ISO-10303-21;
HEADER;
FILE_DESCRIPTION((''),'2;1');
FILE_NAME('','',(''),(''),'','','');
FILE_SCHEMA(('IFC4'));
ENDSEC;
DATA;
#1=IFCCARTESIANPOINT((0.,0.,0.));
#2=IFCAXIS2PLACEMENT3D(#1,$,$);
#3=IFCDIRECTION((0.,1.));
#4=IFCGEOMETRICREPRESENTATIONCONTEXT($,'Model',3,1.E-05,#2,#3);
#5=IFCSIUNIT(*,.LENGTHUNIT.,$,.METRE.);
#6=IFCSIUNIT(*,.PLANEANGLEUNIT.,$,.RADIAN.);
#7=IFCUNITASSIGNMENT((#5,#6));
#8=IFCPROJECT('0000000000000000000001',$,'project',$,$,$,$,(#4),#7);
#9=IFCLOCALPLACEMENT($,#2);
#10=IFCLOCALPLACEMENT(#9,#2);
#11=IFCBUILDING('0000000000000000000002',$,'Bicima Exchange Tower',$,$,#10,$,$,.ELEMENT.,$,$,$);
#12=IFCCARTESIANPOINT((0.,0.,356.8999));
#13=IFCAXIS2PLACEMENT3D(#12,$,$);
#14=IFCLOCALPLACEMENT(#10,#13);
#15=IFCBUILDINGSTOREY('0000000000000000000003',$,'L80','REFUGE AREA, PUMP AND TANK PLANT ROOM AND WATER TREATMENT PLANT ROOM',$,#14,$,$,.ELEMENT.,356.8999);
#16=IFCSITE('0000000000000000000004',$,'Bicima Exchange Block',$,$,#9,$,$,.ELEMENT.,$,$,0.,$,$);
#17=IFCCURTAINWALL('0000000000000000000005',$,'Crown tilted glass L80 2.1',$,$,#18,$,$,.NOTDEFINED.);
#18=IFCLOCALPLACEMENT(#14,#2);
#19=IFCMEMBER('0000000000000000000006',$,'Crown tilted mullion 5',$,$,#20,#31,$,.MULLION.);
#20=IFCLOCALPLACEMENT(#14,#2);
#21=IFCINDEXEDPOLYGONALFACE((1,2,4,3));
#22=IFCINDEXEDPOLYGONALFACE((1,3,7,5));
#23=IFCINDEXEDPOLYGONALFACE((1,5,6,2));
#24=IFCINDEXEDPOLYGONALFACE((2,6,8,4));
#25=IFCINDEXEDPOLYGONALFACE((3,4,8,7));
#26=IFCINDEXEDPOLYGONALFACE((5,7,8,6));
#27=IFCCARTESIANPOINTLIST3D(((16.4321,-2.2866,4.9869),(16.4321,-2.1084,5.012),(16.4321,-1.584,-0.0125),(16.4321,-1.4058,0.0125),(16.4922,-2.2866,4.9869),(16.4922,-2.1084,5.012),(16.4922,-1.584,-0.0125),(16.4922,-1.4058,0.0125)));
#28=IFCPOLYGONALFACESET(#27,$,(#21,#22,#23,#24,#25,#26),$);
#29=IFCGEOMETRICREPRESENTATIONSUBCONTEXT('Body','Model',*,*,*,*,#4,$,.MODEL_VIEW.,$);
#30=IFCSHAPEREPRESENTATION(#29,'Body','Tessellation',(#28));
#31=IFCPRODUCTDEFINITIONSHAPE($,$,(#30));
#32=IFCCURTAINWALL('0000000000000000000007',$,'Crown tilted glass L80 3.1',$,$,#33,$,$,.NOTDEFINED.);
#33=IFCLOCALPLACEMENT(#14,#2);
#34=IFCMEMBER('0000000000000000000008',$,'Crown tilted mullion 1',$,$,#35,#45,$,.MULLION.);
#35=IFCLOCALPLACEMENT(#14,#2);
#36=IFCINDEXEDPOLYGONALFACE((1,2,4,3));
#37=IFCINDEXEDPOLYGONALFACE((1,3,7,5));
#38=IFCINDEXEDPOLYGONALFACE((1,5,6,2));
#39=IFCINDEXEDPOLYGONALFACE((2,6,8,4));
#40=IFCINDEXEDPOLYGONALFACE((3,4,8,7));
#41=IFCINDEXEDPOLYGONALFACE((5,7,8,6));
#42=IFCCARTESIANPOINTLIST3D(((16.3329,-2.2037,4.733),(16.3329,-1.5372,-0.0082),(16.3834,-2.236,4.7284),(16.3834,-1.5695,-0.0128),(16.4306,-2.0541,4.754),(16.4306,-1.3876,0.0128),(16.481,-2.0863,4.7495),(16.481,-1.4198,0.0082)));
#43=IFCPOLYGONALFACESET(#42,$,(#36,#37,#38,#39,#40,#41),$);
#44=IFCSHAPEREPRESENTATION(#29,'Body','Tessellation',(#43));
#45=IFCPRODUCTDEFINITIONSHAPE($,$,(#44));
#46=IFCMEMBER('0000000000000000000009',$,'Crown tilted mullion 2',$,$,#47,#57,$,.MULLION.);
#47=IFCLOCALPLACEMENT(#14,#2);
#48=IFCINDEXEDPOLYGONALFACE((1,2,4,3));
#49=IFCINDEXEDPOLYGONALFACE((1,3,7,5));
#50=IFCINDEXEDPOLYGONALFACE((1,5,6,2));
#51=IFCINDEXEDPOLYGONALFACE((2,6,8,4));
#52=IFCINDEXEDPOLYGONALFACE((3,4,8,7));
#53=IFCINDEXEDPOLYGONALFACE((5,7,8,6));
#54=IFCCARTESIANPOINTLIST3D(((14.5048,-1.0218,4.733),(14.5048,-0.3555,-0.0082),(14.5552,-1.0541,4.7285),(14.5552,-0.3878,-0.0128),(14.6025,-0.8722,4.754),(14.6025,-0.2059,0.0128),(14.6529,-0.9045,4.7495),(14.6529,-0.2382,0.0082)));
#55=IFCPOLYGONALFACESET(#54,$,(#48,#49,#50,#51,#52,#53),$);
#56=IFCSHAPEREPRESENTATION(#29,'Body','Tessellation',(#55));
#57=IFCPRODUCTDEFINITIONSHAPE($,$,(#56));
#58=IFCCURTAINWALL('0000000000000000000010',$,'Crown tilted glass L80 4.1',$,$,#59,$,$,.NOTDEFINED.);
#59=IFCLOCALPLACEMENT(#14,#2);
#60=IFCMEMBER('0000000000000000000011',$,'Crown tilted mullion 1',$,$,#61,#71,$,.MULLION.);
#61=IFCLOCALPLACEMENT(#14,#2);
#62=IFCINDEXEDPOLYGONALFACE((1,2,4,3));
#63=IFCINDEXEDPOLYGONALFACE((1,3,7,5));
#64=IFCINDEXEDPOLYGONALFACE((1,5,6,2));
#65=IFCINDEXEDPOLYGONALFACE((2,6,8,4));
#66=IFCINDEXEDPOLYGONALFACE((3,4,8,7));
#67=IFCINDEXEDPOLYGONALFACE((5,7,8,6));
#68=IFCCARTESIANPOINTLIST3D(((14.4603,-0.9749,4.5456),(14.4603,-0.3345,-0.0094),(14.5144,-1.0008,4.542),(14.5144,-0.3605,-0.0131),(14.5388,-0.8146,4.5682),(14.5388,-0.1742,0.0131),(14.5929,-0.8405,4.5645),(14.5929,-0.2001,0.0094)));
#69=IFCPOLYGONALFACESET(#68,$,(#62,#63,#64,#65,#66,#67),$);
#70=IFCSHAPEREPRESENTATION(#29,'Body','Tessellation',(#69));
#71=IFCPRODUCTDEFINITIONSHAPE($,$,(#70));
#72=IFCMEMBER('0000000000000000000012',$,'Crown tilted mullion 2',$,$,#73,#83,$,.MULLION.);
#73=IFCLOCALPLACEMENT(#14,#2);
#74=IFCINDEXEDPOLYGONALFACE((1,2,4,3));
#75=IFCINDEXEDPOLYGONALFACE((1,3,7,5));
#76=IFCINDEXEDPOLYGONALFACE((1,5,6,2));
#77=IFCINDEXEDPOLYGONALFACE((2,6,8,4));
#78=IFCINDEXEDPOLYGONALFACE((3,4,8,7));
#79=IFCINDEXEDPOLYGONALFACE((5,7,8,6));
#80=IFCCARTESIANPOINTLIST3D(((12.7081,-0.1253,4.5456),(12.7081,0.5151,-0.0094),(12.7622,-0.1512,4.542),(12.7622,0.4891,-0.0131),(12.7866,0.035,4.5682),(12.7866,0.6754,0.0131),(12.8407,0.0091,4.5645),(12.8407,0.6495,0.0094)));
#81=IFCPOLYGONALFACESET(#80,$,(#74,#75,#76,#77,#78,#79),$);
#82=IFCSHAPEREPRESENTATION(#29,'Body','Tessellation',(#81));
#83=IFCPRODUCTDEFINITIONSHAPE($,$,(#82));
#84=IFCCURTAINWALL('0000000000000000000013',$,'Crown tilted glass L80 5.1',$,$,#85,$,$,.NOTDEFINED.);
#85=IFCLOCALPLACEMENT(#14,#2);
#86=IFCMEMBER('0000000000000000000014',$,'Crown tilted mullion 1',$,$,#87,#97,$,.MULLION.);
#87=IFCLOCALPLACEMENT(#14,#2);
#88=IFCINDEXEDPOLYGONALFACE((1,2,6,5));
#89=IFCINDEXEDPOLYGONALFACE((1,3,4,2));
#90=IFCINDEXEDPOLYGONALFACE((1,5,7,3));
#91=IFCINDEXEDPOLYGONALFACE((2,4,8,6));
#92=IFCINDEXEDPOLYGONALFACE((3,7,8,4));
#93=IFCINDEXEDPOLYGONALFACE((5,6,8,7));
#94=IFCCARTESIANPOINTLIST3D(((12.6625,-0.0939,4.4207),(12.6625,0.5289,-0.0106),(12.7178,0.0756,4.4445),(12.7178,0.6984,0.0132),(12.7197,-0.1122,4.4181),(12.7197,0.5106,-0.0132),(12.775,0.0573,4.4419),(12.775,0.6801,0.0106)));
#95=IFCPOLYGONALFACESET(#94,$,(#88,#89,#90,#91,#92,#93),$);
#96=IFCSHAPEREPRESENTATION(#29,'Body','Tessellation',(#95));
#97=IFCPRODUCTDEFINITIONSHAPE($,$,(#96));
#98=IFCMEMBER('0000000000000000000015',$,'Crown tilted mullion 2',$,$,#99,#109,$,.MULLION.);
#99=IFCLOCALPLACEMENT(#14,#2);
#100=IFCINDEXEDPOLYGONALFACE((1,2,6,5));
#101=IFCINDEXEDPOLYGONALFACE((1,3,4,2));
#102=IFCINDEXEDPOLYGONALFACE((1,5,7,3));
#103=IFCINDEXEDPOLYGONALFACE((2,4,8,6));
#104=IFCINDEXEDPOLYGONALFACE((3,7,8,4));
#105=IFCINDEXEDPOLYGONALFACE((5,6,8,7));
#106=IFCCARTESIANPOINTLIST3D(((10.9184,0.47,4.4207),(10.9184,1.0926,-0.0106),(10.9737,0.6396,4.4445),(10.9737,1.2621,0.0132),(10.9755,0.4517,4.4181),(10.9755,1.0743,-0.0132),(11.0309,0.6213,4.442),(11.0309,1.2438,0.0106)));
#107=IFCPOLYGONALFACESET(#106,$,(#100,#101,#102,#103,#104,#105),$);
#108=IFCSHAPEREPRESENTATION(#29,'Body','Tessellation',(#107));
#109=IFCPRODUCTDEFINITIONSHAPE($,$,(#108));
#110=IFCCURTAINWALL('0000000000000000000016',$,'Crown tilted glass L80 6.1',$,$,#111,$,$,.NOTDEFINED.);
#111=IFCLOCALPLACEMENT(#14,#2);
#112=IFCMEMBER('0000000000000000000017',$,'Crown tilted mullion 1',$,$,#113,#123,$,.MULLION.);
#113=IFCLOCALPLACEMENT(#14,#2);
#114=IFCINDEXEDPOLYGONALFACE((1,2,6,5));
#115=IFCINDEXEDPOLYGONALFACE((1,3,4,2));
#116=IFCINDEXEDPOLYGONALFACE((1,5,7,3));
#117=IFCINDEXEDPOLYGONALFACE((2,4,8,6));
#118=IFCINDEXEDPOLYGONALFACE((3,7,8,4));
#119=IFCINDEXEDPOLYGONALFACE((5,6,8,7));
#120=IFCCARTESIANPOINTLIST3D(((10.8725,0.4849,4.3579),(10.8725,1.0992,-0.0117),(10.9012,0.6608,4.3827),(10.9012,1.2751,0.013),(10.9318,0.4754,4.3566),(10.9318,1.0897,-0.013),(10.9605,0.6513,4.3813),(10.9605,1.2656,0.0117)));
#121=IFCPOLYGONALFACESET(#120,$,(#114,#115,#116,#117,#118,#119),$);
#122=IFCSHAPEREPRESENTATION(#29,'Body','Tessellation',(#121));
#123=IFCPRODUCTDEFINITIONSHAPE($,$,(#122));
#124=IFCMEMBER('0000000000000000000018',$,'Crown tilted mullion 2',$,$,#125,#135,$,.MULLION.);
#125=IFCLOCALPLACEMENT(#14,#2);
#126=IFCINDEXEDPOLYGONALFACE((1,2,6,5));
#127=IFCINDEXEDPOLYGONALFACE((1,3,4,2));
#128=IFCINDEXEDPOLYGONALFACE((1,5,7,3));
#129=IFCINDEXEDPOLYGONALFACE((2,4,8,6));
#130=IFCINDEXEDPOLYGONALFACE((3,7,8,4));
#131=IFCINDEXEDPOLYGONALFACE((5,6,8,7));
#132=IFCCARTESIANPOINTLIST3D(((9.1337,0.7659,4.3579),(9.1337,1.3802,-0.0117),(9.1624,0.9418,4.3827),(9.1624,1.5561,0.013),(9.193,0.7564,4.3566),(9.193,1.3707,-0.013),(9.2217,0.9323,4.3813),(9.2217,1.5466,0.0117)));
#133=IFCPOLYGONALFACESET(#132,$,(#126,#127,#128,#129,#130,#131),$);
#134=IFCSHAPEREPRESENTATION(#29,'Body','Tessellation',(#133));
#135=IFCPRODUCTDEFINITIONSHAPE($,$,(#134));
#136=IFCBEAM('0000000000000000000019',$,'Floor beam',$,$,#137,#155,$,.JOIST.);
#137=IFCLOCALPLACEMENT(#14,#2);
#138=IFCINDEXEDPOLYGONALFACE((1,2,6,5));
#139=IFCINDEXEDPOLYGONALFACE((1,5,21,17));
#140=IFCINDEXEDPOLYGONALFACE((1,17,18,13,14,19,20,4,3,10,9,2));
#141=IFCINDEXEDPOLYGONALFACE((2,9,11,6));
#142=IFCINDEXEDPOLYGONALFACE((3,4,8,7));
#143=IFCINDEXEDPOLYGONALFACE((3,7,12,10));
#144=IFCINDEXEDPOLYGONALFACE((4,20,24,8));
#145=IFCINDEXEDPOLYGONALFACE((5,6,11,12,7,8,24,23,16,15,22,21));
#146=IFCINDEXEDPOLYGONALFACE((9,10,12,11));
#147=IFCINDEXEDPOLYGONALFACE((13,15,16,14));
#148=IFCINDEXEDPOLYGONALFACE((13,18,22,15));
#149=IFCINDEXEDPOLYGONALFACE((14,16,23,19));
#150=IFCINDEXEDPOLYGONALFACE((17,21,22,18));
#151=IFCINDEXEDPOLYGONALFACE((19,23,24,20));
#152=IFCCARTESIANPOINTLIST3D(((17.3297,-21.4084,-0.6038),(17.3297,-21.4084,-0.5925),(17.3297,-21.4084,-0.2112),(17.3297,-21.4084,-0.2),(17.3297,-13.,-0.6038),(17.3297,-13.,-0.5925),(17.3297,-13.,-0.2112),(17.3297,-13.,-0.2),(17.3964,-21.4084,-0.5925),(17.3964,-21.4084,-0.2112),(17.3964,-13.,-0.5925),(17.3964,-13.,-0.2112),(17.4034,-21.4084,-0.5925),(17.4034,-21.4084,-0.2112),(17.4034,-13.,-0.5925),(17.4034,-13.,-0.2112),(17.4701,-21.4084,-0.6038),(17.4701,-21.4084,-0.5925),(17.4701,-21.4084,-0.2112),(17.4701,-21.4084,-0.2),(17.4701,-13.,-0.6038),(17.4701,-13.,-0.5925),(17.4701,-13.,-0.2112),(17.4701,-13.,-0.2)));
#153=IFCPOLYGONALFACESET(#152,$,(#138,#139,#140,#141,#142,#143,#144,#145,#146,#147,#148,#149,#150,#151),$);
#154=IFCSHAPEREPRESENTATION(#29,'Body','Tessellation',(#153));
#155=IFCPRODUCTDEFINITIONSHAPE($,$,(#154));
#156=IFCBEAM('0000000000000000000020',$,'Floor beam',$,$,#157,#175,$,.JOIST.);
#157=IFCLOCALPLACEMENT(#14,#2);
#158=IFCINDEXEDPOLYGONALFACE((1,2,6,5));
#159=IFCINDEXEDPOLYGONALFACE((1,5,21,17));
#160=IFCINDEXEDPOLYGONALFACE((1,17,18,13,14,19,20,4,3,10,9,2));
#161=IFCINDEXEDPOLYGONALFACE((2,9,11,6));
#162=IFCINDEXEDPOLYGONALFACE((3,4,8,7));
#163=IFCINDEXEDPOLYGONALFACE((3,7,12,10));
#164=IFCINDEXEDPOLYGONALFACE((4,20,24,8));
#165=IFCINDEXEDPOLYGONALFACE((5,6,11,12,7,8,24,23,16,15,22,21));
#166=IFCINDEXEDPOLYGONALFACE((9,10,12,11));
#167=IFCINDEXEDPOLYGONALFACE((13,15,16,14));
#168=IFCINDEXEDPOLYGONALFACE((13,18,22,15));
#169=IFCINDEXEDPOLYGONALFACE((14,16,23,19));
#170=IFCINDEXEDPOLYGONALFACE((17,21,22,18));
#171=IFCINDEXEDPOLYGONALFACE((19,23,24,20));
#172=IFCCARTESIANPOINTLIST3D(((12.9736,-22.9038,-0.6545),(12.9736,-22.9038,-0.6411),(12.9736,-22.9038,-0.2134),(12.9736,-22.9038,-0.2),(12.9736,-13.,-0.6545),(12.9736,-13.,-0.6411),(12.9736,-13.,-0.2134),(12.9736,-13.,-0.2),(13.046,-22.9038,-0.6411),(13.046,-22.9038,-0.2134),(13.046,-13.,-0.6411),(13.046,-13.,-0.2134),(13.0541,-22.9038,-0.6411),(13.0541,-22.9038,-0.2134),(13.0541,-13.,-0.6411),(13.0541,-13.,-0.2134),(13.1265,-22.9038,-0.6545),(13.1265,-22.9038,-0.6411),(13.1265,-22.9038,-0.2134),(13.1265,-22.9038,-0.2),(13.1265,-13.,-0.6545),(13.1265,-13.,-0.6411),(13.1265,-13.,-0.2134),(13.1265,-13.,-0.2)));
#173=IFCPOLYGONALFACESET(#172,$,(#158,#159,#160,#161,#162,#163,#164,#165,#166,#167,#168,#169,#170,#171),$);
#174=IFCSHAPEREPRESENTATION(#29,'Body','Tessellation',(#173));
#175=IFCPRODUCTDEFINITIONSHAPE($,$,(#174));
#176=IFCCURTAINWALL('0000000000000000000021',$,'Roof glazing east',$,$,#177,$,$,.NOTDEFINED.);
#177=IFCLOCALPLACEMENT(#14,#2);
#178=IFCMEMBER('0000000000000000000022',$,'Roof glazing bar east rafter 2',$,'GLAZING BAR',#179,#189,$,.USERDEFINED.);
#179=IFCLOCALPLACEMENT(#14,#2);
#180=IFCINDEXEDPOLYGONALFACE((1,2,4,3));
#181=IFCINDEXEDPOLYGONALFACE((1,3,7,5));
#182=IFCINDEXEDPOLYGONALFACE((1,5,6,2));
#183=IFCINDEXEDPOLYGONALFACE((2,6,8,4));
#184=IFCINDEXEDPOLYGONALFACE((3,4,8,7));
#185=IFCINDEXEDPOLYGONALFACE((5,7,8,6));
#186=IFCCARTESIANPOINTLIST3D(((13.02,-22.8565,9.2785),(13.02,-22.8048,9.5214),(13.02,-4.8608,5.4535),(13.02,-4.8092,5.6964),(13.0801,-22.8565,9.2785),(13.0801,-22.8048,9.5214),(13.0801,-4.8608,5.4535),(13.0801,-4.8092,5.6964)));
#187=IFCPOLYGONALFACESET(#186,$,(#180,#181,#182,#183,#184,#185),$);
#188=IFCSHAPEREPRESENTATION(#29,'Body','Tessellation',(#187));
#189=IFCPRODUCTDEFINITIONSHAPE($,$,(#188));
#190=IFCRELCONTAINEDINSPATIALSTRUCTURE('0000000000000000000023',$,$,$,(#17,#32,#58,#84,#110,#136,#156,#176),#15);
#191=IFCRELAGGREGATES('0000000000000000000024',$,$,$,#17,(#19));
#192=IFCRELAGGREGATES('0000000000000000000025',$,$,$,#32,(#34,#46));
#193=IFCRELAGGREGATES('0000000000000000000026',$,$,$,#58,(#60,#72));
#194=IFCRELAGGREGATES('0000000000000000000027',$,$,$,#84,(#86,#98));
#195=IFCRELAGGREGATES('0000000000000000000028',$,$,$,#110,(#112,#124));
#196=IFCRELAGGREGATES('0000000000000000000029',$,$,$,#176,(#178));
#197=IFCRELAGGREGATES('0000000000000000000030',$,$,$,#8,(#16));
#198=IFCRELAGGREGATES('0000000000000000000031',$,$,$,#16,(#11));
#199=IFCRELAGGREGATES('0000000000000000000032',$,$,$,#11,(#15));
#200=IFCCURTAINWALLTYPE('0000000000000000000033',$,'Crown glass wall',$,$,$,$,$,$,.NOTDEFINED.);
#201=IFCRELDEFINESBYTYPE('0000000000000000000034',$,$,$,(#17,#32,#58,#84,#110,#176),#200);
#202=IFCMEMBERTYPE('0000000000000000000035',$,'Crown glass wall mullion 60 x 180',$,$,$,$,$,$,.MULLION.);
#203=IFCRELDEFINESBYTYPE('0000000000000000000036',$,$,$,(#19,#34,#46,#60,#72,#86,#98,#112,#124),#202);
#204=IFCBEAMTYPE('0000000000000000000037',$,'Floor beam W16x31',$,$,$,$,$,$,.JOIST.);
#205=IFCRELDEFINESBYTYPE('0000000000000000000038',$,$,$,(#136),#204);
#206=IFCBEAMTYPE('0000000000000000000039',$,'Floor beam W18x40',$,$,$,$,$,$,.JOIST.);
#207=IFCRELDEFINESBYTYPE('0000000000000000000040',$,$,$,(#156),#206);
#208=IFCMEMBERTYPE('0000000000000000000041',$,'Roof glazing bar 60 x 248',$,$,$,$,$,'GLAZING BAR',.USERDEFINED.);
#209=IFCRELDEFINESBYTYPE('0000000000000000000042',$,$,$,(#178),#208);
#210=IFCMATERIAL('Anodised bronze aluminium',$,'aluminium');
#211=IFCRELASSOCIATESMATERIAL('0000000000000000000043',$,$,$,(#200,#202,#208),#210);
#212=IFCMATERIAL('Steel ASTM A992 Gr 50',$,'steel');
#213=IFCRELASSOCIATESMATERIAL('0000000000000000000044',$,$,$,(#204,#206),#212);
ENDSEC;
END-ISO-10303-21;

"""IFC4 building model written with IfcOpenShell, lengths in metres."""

from ifc_helpers import new_model, si_unit, direction, frame, origin, origin_2d, place, context, subcontext, project, spatial, rectangle, i_section, extrude, material, material_profile, profile_set, type_object, element, aggregate, save


model = new_model("IFC4")

# Units and contexts
model_context = context("Model", 3, precision=1e-05, world=origin(), true_north=direction((0.0, 1.0)))
body_context = subcontext(model_context, "Body", "Model", "MODEL_VIEW")
ifc_project = project(units=[si_unit("LENGTHUNIT", "METRE"), si_unit("PLANEANGLEUNIT", "RADIAN")], contexts=[model_context])

# Site, building, storey
site_placement = place(None, origin())
site = spatial("IfcSite", under=ifc_project, at=site_placement, Name="Bicima Exchange Block", CompositionType="ELEMENT", RefElevation=0.0)
building_placement = place(site_placement, origin())
building = spatial("IfcBuilding", under=site, at=building_placement, Name="Bicima Exchange Tower", CompositionType="ELEMENT")
storey_placement = place(building_placement, frame((0.0, 0.0, 356.8999)))
storey = spatial("IfcBuildingStorey", under=building, at=storey_placement, Name="L80", Description="REFUGE AREA, PUMP AND TANK PLANT ROOM AND WATER TREATMENT PLANT ROOM", CompositionType="ELEMENT", Elevation=356.8999)

# Curtain wall, member
ifc_material_1 = material(Name="Anodised bronze aluminium", Category="aluminium")
curtain_wall_type = type_object("IfcCurtainWallType", Name="Crown glass wall", PredefinedType="NOTDEFINED", material=ifc_material_1)
curtain_wall_1_placement = place(storey_placement, origin())
curtain_wall_1 = element("IfcCurtainWall", 1, at=curtain_wall_1_placement, inside=storey, type_object=curtain_wall_type, Name="Crown tilted glass L80 2.1", PredefinedType="NOTDEFINED")
ifc_material_profile_1 = material_profile(ifc_material_1, rectangle(XDim=0.1799, YDim=0.0601, at=origin_2d()))
ifc_profile_set_1 = profile_set([ifc_material_profile_1], Name="Anodised bronze aluminium")
member_type_1 = type_object("IfcMemberType", Name="Crown glass wall mullion 60 x 180", PredefinedType="MULLION", material=ifc_profile_set_1)
member_1_placement = place(storey_placement, frame((16.4622, -1.4949, 0.0), z_axis=(0.0, -0.139173, 0.990268), x_axis=(0.0, -0.990268, -0.139173)))
member_1 = element("IfcMember", 2, at=member_1_placement, type_object=member_type_1, Name="Crown tilted mullion 5", PredefinedType="MULLION", context=body_context, shape_type="SweptSolid", body=[
    extrude(rectangle(XDim=0.1799, YDim=0.0601, at=origin_2d()), origin(), (0.0, 0.0, 1.0), 5.0486),
])
aggregate(curtain_wall_1, [member_1])

# Curtain walls, members
curtain_wall_2_placement = place(storey_placement, origin())
curtain_wall_2 = element("IfcCurtainWall", 3, at=curtain_wall_2_placement, inside=storey, type_object=curtain_wall_type, Name="Crown tilted glass L80 3.1", PredefinedType="NOTDEFINED")
member_2_placement = place(storey_placement, frame((16.407, -1.4785, 0.0), z_axis=(0.0, -0.139208, 0.990263), x_axis=(-0.542911, -0.831614, -0.116906)))
member_2 = element("IfcMember", 4, at=member_2_placement, type_object=member_type_1, Name="Crown tilted mullion 1", PredefinedType="MULLION", context=body_context, shape_type="SweptSolid", body=[
    extrude(rectangle(XDim=0.1799, YDim=0.0601, at=origin_2d()), origin(), (0.0, 0.0, 1.0), 4.7878),
])
member_3_placement = place(storey_placement, frame((14.5789, -0.2969, 0.0), z_axis=(0.0, -0.139158, 0.99027), x_axis=(-0.542911, -0.831619, -0.116864)))
member_3 = element("IfcMember", 5, at=member_3_placement, type_object=member_type_1, Name="Crown tilted mullion 2", PredefinedType="MULLION", context=body_context, shape_type="SweptSolid", body=[
    extrude(rectangle(XDim=0.1799, YDim=0.0601, at=origin_2d()), origin(), (0.0, 0.0, 1.0), 4.7878),
])
curtain_wall_3_placement = place(storey_placement, origin())
curtain_wall_3 = element("IfcCurtainWall", 6, at=curtain_wall_3_placement, inside=storey, type_object=curtain_wall_type, Name="Crown tilted glass L80 4.1", PredefinedType="NOTDEFINED")
member_4_placement = place(storey_placement, frame((14.5266, -0.2673, 0.0), z_axis=(0.0, -0.139214, 0.990262), x_axis=(-0.436265, -0.891056, -0.125267)))
member_4 = element("IfcMember", 7, at=member_4_placement, type_object=member_type_1, Name="Crown tilted mullion 1", PredefinedType="MULLION", context=body_context, shape_type="SweptSolid", body=[
    extrude(rectangle(XDim=0.1799, YDim=0.0601, at=origin_2d()), origin(), (0.0, 0.0, 1.0), 4.5999),
])
member_5_placement = place(storey_placement, frame((12.7744, 0.5823, 0.0), z_axis=(0.0, -0.139214, 0.990262), x_axis=(-0.436265, -0.891056, -0.125267)))
member_5 = element("IfcMember", 8, at=member_5_placement, type_object=member_type_1, Name="Crown tilted mullion 2", PredefinedType="MULLION", context=body_context, shape_type="SweptSolid", body=[
    extrude(rectangle(XDim=0.1799, YDim=0.0601, at=origin_2d()), origin(), (0.0, 0.0, 1.0), 4.5999),
])
curtain_wall_4_placement = place(storey_placement, origin())
curtain_wall_4 = element("IfcCurtainWall", 9, at=curtain_wall_4_placement, inside=storey, type_object=curtain_wall_type, Name="Crown tilted glass L80 5.1", PredefinedType="NOTDEFINED")
member_6_placement = place(storey_placement, frame((12.7188, 0.6045, 0.0), z_axis=(0.0, -0.139175, 0.990268), x_axis=(-0.307573, -0.942264, -0.132429)))
member_6 = element("IfcMember", 10, at=member_6_placement, type_object=member_type_1, Name="Crown tilted mullion 1", PredefinedType="MULLION", context=body_context, shape_type="SweptSolid", body=[
    extrude(rectangle(XDim=0.1799, YDim=0.0601, at=origin_2d()), origin(), (0.0, 0.0, 1.0), 4.4749),
])
member_7_placement = place(storey_placement, frame((10.9746, 1.1682, 0.0), z_axis=(0.0, -0.139122, 0.990275), x_axis=(-0.307573, -0.942271, -0.132378)))
member_7 = element("IfcMember", 11, at=member_7_placement, type_object=member_type_1, Name="Crown tilted mullion 2", PredefinedType="MULLION", context=body_context, shape_type="SweptSolid", body=[
    extrude(rectangle(XDim=0.1799, YDim=0.0601, at=origin_2d()), origin(), (0.0, 0.0, 1.0), 4.4749),
])
curtain_wall_5_placement = place(storey_placement, origin())
curtain_wall_5 = element("IfcCurtainWall", 12, at=curtain_wall_5_placement, inside=storey, type_object=curtain_wall_type, Name="Crown tilted glass L80 6.1", PredefinedType="NOTDEFINED")
member_8_placement = place(storey_placement, frame((10.9165, 1.1824, 0.0), z_axis=(0.0, -0.139206, 0.990263), x_axis=(-0.15955, -0.977578, -0.137422)))
member_8 = element("IfcMember", 13, at=member_8_placement, type_object=member_type_1, Name="Crown tilted mullion 1", PredefinedType="MULLION", context=body_context, shape_type="SweptSolid", body=[
    extrude(rectangle(XDim=0.1799, YDim=0.0601, at=origin_2d()), origin(), (0.0, 0.0, 1.0), 4.4126),
])
member_9_placement = place(storey_placement, frame((9.1777, 1.4634, 0.0), z_axis=(0.0, -0.139206, 0.990263), x_axis=(-0.15955, -0.977578, -0.137422)))
member_9 = element("IfcMember", 14, at=member_9_placement, type_object=member_type_1, Name="Crown tilted mullion 2", PredefinedType="MULLION", context=body_context, shape_type="SweptSolid", body=[
    extrude(rectangle(XDim=0.1799, YDim=0.0601, at=origin_2d()), origin(), (0.0, 0.0, 1.0), 4.4126),
])

# Beams
ifc_material_2 = material(Name="Steel ASTM A992 Gr 50", Category="steel")
ifc_material_profile_2 = material_profile(ifc_material_2, i_section(OverallWidth=0.1404, OverallDepth=0.4038, WebThickness=0.0071, FlangeThickness=0.0112, at=origin_2d()))
ifc_profile_set_2 = profile_set([ifc_material_profile_2], Name="Steel ASTM A992 Gr 50")
beam_type_1 = type_object("IfcBeamType", Name="Floor beam W16x31", PredefinedType="JOIST", material=ifc_profile_set_2)
beam_1_placement = place(storey_placement, frame((17.3999, -13.0, -0.4019), z_axis=(0.0, -1.0, 0.0), x_axis=(1.0, 0.0, 0.0)))
element("IfcBeam", 15, at=beam_1_placement, inside=storey, type_object=beam_type_1, Name="Floor beam", PredefinedType="JOIST", context=body_context, shape_type="SweptSolid", body=[
    extrude(i_section(OverallWidth=0.1404, OverallDepth=0.4038, WebThickness=0.0071, FlangeThickness=0.0112, at=origin_2d()), origin(), (0.0, 0.0, 1.0), 8.4084),
])
ifc_material_profile_3 = material_profile(ifc_material_2, i_section(OverallWidth=0.1528, OverallDepth=0.4546, WebThickness=0.0081, FlangeThickness=0.0134, at=origin_2d()))
ifc_profile_set_3 = profile_set([ifc_material_profile_3], Name="Steel ASTM A992 Gr 50")
beam_type_2 = type_object("IfcBeamType", Name="Floor beam W18x40", PredefinedType="JOIST", material=ifc_profile_set_3)
beam_2_placement = place(storey_placement, frame((13.05, -13.0, -0.4272), z_axis=(0.0, -1.0, 0.0), x_axis=(1.0, 0.0, 0.0)))
element("IfcBeam", 16, at=beam_2_placement, inside=storey, type_object=beam_type_2, Name="Floor beam", PredefinedType="JOIST", context=body_context, shape_type="SweptSolid", body=[
    extrude(i_section(OverallWidth=0.1528, OverallDepth=0.4546, WebThickness=0.0081, FlangeThickness=0.0134, at=origin_2d()), origin(), (0.0, 0.0, 1.0), 9.9038),
])

# Curtain wall, member
curtain_wall_6_placement = place(storey_placement, origin())
curtain_wall_6 = element("IfcCurtainWall", 17, at=curtain_wall_6_placement, inside=storey, type_object=curtain_wall_type, Name="Roof glazing east", PredefinedType="NOTDEFINED")
ifc_material_profile_4 = material_profile(ifc_material_1, rectangle(XDim=0.0601, YDim=0.2483, at=origin_2d()))
ifc_profile_set_4 = profile_set([ifc_material_profile_4], Name="Anodised bronze aluminium")
member_type_2 = type_object("IfcMemberType", Name="Roof glazing bar 60 x 248", ElementType="GLAZING BAR", PredefinedType="USERDEFINED", material=ifc_profile_set_4)
member_10_placement = place(storey_placement, frame((13.05, -4.835, 5.575), z_axis=(0.0, -0.978149, 0.207905), x_axis=(1.0, 0.0, 0.0)))
member_10 = element("IfcMember", 18, at=member_10_placement, type_object=member_type_2, Name="Roof glazing bar east rafter 2", ObjectType="GLAZING BAR", PredefinedType="USERDEFINED", context=body_context, shape_type="SweptSolid", body=[
    extrude(rectangle(XDim=0.0601, YDim=0.2483, at=origin_2d()), origin(), (0.0, 0.0, 1.0), 18.3977),
])

aggregate(curtain_wall_2, [member_2, member_3])
aggregate(curtain_wall_3, [member_4, member_5])
aggregate(curtain_wall_4, [member_6, member_7])
aggregate(curtain_wall_5, [member_8, member_9])

aggregate(curtain_wall_6, [member_10])

save(model, "model.ifc")
